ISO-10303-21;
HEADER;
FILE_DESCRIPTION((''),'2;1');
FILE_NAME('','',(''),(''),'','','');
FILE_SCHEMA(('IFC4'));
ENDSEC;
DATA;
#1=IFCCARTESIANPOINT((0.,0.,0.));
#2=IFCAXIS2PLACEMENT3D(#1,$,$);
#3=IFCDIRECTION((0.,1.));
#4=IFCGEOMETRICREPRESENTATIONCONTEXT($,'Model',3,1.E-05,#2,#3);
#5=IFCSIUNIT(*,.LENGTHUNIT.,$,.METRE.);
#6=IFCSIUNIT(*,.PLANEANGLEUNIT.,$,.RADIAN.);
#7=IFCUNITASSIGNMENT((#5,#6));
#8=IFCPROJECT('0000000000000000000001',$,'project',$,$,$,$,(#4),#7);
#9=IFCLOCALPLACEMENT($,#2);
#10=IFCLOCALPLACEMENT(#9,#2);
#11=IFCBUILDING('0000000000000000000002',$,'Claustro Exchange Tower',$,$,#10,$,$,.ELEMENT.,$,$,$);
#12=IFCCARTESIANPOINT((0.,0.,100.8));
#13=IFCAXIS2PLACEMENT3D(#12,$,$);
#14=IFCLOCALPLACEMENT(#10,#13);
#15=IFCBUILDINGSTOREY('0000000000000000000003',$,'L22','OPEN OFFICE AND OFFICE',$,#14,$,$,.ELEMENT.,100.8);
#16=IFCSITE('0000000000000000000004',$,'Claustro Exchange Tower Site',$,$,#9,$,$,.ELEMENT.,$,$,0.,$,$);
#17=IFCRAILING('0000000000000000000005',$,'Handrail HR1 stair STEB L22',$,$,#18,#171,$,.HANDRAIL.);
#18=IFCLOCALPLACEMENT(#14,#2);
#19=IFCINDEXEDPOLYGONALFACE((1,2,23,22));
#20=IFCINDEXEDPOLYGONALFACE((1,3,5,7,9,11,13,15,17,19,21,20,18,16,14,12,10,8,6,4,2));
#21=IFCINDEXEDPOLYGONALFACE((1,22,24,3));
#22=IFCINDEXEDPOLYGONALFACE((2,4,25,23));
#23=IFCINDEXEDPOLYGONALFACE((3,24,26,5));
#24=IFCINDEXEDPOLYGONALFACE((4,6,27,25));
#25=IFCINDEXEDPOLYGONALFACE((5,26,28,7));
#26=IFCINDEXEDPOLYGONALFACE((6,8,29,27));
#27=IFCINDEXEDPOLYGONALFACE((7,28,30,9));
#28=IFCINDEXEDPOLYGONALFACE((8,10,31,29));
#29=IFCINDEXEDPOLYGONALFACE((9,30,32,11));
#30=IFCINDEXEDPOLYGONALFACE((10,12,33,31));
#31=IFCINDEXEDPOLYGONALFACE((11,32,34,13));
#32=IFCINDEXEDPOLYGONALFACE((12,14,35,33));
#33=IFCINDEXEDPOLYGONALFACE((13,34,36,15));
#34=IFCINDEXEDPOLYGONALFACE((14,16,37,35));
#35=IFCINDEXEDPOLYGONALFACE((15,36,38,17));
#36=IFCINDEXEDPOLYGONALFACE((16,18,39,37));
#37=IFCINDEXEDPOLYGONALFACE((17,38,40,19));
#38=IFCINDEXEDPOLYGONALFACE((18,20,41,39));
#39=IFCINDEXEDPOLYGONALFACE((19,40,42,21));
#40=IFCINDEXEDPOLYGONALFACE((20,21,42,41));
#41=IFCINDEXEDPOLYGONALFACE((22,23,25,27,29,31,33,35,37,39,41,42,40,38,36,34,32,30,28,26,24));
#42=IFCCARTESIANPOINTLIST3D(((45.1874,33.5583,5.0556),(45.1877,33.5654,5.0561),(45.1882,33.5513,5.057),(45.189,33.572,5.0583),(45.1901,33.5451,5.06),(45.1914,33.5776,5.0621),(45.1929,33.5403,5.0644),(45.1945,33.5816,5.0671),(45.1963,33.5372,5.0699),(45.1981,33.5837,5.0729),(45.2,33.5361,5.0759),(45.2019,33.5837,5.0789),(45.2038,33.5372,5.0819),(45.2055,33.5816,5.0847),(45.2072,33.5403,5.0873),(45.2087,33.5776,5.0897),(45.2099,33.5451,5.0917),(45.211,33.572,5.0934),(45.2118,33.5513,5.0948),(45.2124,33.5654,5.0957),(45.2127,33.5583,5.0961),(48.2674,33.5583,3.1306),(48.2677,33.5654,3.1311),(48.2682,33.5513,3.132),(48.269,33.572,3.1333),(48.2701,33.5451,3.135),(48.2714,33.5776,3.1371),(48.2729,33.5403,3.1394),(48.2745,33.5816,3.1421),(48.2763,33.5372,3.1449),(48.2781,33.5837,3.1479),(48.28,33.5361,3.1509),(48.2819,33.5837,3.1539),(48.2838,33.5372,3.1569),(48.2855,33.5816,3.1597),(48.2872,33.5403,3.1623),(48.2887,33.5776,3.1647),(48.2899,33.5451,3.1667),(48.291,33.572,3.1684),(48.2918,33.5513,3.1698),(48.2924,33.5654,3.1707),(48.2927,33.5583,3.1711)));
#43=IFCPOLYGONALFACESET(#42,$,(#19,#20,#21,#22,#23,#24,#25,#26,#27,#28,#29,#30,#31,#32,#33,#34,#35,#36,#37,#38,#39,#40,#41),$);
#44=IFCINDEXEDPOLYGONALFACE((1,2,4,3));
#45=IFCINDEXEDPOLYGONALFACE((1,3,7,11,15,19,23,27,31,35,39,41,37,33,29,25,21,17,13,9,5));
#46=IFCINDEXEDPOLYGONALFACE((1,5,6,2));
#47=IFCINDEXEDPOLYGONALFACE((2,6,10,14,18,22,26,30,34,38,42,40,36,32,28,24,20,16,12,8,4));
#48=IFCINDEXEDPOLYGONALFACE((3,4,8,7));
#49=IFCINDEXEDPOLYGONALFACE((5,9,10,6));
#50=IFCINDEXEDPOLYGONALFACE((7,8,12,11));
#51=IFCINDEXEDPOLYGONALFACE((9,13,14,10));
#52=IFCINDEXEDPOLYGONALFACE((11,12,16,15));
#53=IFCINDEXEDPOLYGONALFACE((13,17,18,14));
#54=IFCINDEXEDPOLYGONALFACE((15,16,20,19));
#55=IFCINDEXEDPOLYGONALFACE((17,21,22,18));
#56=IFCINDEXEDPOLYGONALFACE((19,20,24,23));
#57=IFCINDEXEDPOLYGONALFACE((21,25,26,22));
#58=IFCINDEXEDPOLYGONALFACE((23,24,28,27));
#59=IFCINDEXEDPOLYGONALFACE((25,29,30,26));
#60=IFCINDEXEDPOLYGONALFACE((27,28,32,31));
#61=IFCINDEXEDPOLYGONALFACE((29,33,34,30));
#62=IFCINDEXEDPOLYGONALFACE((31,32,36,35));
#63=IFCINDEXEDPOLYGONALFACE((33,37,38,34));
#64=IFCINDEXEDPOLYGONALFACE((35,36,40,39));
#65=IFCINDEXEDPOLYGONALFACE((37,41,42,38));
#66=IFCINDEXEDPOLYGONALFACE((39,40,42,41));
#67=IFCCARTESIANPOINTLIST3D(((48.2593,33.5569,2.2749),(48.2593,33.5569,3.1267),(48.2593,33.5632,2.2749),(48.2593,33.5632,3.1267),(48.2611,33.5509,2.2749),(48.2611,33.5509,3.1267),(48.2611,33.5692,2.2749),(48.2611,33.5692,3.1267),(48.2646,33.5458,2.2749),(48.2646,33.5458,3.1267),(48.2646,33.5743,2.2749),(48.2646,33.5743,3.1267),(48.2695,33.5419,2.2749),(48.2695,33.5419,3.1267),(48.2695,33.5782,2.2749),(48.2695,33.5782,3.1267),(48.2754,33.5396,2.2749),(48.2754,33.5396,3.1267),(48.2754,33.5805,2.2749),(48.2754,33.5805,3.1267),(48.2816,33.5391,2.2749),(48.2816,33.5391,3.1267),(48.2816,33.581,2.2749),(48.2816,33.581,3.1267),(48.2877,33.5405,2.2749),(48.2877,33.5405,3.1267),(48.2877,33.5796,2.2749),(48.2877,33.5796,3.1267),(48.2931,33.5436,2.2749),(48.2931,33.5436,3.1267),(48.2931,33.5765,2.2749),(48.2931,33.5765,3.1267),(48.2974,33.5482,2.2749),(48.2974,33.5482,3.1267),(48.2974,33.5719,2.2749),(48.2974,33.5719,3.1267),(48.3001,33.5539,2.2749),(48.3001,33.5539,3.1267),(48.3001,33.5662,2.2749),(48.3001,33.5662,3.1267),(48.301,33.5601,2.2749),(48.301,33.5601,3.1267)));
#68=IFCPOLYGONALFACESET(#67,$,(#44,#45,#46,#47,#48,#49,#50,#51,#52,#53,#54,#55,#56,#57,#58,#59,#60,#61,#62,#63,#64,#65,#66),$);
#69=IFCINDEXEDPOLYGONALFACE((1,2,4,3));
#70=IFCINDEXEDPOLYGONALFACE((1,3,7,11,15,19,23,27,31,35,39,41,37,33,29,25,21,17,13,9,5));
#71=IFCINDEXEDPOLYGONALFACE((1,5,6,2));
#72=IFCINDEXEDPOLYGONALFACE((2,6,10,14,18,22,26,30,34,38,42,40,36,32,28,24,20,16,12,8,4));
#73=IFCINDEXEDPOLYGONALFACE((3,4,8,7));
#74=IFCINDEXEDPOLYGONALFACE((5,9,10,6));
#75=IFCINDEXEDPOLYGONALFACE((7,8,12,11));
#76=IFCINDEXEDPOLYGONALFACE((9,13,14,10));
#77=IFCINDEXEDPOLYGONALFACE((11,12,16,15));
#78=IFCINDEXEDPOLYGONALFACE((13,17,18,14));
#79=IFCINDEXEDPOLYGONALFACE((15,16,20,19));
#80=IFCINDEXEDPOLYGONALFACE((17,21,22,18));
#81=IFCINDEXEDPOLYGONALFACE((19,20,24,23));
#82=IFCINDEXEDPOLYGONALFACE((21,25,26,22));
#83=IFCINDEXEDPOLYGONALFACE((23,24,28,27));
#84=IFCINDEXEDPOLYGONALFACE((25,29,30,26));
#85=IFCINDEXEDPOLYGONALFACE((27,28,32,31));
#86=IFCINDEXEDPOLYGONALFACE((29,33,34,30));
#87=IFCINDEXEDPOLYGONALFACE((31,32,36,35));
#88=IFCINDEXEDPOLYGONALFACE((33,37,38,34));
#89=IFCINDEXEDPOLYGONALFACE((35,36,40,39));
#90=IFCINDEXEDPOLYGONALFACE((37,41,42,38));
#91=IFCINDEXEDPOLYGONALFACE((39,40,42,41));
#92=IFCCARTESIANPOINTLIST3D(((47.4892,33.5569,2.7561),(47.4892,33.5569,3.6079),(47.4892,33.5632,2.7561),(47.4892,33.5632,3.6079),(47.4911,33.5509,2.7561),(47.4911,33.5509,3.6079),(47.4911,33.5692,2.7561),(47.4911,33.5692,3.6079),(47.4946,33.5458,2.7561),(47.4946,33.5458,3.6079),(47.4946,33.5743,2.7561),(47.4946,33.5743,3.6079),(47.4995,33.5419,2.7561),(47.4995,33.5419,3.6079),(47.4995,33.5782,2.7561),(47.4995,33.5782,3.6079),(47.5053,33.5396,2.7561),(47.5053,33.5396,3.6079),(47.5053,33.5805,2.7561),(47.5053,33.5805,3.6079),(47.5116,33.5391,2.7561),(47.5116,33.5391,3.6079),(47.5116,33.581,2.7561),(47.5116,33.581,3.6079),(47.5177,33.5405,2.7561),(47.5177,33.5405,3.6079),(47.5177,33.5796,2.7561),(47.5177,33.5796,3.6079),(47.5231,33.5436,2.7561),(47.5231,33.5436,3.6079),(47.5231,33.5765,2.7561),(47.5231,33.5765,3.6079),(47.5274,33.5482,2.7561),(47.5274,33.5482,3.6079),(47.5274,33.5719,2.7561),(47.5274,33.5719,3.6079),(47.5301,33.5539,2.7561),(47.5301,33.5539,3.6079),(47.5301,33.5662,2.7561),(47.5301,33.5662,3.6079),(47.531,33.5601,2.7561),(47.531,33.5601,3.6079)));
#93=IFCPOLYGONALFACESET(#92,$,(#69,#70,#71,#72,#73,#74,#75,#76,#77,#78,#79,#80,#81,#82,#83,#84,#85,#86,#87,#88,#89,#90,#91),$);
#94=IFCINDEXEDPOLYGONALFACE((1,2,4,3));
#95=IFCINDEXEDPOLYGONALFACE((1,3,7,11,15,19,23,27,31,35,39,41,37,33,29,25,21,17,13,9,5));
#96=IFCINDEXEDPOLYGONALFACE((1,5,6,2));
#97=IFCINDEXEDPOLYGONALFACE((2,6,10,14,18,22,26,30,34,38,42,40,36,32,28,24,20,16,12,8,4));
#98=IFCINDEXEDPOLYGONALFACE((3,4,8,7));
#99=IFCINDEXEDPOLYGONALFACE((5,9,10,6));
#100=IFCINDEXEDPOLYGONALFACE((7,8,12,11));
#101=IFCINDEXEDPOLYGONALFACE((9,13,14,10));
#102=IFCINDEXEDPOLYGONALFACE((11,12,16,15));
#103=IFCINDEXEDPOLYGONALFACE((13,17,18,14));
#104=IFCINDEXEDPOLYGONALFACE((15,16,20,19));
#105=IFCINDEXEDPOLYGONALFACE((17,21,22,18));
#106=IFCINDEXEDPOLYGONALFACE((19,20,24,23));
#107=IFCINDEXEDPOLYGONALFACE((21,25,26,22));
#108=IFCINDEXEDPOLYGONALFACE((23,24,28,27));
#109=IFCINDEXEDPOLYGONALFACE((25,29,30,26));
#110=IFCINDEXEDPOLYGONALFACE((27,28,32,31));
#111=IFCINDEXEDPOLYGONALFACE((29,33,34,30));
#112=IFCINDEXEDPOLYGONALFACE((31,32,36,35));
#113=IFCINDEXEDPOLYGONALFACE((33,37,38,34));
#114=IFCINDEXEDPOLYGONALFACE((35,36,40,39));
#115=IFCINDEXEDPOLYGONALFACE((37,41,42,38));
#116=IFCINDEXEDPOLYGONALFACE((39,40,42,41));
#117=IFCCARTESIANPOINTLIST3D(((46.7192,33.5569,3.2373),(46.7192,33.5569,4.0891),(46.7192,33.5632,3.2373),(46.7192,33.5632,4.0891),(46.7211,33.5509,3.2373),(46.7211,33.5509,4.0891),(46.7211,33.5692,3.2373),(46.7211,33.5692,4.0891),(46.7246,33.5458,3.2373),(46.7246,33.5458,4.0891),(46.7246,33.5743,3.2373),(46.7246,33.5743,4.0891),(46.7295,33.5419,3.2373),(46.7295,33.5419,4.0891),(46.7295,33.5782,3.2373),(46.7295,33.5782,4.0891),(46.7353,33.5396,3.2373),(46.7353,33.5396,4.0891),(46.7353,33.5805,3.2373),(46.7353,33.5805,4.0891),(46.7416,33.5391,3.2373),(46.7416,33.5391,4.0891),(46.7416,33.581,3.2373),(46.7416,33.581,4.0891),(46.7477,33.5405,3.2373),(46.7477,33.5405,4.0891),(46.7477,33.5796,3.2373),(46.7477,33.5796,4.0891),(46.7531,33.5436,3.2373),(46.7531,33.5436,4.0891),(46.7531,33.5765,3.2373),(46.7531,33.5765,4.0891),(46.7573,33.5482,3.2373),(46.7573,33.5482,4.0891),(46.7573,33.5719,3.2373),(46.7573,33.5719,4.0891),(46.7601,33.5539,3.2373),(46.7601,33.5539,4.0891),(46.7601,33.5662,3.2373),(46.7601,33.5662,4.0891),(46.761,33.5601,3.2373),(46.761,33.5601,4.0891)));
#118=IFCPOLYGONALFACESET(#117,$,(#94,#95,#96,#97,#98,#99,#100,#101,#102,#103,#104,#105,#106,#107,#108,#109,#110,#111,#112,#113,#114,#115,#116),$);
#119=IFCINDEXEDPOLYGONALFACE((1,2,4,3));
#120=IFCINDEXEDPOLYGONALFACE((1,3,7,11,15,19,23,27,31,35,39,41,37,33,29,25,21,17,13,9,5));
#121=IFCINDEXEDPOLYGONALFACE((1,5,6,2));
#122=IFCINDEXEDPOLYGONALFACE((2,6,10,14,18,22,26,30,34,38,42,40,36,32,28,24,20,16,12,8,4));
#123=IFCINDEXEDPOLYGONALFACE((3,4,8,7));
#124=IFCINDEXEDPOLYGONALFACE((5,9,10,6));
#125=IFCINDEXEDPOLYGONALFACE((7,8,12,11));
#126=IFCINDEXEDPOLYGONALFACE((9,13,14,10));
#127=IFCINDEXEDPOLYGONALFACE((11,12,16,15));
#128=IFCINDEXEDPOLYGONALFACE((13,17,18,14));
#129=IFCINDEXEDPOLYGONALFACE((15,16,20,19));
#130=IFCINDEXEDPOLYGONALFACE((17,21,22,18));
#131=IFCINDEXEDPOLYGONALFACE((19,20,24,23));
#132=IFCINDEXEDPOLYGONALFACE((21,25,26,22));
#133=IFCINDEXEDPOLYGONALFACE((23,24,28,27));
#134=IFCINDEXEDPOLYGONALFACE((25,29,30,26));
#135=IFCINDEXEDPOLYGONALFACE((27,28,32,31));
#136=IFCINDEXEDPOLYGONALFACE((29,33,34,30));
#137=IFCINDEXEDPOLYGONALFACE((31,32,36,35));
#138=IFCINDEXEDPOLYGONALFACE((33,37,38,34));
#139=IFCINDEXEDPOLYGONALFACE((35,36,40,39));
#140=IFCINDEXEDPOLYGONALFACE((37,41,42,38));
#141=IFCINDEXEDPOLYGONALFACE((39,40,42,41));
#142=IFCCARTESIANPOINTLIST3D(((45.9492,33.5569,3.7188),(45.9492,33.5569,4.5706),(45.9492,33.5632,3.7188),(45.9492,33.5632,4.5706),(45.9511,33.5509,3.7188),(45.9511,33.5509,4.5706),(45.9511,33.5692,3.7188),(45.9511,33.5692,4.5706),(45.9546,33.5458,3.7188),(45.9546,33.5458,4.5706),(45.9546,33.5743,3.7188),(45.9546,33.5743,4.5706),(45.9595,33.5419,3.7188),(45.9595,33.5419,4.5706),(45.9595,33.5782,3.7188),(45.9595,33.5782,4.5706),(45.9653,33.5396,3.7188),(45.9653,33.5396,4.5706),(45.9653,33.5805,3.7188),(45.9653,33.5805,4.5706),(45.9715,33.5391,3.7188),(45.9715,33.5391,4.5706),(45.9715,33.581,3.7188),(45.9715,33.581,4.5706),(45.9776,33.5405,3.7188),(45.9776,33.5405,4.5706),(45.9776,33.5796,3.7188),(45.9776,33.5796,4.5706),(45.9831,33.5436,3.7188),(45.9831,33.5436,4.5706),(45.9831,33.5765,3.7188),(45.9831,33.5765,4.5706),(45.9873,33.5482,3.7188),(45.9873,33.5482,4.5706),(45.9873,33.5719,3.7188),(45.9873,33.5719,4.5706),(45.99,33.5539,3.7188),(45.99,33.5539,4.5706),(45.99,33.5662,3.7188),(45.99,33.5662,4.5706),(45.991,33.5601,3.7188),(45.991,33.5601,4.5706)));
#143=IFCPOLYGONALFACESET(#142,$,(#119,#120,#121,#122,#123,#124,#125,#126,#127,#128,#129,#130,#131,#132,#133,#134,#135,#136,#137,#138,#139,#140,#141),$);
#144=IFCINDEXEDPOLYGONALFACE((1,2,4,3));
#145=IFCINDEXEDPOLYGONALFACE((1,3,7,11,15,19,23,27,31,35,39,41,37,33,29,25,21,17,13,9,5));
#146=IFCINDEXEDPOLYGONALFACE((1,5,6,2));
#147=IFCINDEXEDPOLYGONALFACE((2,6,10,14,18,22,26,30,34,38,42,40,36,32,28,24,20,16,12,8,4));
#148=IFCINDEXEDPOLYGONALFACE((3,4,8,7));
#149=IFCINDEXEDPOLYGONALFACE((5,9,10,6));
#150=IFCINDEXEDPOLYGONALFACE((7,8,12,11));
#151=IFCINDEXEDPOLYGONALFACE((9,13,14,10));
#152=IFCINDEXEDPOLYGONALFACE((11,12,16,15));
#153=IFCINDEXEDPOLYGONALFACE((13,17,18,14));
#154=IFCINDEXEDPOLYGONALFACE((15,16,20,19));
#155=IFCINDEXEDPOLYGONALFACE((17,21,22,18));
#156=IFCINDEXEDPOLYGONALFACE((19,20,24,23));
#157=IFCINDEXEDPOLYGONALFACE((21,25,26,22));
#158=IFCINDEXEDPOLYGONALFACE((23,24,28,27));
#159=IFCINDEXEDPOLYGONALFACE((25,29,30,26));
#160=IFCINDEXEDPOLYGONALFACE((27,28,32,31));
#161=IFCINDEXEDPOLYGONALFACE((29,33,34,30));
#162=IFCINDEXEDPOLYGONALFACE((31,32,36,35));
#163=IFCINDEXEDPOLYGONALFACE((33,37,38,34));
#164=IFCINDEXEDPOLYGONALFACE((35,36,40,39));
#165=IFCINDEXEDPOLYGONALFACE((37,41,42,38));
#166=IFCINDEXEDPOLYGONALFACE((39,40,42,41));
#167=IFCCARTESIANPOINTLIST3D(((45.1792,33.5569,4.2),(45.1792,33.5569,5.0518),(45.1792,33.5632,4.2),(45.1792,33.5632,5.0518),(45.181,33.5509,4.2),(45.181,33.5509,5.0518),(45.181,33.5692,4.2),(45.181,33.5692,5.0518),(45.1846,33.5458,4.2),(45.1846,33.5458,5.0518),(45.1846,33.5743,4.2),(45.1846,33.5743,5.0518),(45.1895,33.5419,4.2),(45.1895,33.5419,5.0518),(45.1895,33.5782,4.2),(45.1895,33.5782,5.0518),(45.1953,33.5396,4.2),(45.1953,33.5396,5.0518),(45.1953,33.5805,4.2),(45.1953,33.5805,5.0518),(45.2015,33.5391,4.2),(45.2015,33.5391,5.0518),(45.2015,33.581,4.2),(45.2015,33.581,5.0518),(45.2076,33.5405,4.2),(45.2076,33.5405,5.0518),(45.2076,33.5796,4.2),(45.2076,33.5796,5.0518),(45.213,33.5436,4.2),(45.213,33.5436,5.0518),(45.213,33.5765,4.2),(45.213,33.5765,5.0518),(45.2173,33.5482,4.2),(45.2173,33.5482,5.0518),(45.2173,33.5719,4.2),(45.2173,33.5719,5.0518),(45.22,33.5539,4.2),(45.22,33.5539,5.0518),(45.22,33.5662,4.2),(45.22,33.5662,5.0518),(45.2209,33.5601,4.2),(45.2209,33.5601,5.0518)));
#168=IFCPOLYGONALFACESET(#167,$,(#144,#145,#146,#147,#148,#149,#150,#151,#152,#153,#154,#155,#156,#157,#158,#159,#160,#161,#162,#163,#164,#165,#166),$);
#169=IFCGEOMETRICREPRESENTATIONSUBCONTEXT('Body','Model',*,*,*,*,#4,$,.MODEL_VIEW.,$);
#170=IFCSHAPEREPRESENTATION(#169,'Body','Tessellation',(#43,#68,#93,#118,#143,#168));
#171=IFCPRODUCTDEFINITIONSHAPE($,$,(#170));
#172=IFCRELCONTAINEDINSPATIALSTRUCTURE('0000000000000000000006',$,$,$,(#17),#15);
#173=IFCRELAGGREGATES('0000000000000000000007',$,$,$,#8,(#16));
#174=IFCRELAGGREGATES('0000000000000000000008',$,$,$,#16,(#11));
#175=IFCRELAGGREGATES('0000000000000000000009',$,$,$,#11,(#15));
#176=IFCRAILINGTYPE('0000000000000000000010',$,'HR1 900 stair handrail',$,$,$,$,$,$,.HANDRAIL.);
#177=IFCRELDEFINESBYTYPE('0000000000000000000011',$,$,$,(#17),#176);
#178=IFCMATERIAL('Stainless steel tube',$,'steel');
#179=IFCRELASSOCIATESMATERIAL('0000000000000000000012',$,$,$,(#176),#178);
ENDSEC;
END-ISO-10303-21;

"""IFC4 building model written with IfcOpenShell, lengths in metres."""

from ifc_helpers import new_model, si_unit, direction, frame, origin, origin_2d, place, context, subcontext, project, spatial, circle, extrude, material, type_object, element, save


model = new_model("IFC4")

# Units and contexts
model_context = context("Model", 3, precision=1e-05, world=origin(), true_north=direction((0.0, 1.0)))
body_context = subcontext(model_context, "Body", "Model", "MODEL_VIEW")
ifc_project = project(units=[si_unit("LENGTHUNIT", "METRE"), si_unit("PLANEANGLEUNIT", "RADIAN")], contexts=[model_context])

# Site, building, storey
site_placement = place(None, origin())
site = spatial("IfcSite", under=ifc_project, at=site_placement, Name="Claustro Exchange Tower Site", CompositionType="ELEMENT", RefElevation=0.0)
building_placement = place(site_placement, origin())
building = spatial("IfcBuilding", under=site, at=building_placement, Name="Claustro Exchange Tower", CompositionType="ELEMENT")
storey_placement = place(building_placement, frame((0.0, 0.0, 100.8)))
storey = spatial("IfcBuildingStorey", under=building, at=storey_placement, Name="L22", Description="OPEN OFFICE AND OFFICE", CompositionType="ELEMENT", Elevation=100.8)

# Railing
ifc_material_1 = material(Name="Stainless steel tube", Category="steel")
railing_type_1 = type_object("IfcRailingType", Name="HR1 900 stair handrail", PredefinedType="HANDRAIL", material=ifc_material_1)
railing_1_placement = place(storey_placement, frame((48.28, 33.5601, 2.2749)))
element("IfcRailing", 1, at=railing_1_placement, inside=storey, type_object=railing_type_1, Name="Handrail HR1 stair STEB L22", PredefinedType="HANDRAIL", context=body_context, shape_type="SweptSolid", body=[
    extrude(circle(Radius=0.0239, at=origin_2d()), frame((0.0, 0.0, 0.876), z_axis=(-0.847998, 0.0, 0.529999), x_axis=(0.0, -1.0, 0.0)), (0.0, 0.0, 1.0), 3.6321),
    extrude(circle(Radius=0.021, at=origin_2d()), origin(), (0.0, 0.0, 1.0), 0.8518),
    extrude(circle(Radius=0.021, at=origin_2d()), frame((-0.77, 0.0, 0.4812)), (0.0, 0.0, 1.0), 0.8518),
    extrude(circle(Radius=0.021, at=origin_2d()), frame((-1.54, 0.0, 0.9624)), (0.0, 0.0, 1.0), 0.8518),
    extrude(circle(Radius=0.021, at=origin_2d()), frame((-2.3101, 0.0, 1.4438)), (0.0, 0.0, 1.0), 0.8518),
    extrude(circle(Radius=0.021, at=origin_2d()), frame((-3.0801, 0.0, 1.925)), (0.0, 0.0, 1.0), 0.8518),
])

save(model, "model.ifc")
